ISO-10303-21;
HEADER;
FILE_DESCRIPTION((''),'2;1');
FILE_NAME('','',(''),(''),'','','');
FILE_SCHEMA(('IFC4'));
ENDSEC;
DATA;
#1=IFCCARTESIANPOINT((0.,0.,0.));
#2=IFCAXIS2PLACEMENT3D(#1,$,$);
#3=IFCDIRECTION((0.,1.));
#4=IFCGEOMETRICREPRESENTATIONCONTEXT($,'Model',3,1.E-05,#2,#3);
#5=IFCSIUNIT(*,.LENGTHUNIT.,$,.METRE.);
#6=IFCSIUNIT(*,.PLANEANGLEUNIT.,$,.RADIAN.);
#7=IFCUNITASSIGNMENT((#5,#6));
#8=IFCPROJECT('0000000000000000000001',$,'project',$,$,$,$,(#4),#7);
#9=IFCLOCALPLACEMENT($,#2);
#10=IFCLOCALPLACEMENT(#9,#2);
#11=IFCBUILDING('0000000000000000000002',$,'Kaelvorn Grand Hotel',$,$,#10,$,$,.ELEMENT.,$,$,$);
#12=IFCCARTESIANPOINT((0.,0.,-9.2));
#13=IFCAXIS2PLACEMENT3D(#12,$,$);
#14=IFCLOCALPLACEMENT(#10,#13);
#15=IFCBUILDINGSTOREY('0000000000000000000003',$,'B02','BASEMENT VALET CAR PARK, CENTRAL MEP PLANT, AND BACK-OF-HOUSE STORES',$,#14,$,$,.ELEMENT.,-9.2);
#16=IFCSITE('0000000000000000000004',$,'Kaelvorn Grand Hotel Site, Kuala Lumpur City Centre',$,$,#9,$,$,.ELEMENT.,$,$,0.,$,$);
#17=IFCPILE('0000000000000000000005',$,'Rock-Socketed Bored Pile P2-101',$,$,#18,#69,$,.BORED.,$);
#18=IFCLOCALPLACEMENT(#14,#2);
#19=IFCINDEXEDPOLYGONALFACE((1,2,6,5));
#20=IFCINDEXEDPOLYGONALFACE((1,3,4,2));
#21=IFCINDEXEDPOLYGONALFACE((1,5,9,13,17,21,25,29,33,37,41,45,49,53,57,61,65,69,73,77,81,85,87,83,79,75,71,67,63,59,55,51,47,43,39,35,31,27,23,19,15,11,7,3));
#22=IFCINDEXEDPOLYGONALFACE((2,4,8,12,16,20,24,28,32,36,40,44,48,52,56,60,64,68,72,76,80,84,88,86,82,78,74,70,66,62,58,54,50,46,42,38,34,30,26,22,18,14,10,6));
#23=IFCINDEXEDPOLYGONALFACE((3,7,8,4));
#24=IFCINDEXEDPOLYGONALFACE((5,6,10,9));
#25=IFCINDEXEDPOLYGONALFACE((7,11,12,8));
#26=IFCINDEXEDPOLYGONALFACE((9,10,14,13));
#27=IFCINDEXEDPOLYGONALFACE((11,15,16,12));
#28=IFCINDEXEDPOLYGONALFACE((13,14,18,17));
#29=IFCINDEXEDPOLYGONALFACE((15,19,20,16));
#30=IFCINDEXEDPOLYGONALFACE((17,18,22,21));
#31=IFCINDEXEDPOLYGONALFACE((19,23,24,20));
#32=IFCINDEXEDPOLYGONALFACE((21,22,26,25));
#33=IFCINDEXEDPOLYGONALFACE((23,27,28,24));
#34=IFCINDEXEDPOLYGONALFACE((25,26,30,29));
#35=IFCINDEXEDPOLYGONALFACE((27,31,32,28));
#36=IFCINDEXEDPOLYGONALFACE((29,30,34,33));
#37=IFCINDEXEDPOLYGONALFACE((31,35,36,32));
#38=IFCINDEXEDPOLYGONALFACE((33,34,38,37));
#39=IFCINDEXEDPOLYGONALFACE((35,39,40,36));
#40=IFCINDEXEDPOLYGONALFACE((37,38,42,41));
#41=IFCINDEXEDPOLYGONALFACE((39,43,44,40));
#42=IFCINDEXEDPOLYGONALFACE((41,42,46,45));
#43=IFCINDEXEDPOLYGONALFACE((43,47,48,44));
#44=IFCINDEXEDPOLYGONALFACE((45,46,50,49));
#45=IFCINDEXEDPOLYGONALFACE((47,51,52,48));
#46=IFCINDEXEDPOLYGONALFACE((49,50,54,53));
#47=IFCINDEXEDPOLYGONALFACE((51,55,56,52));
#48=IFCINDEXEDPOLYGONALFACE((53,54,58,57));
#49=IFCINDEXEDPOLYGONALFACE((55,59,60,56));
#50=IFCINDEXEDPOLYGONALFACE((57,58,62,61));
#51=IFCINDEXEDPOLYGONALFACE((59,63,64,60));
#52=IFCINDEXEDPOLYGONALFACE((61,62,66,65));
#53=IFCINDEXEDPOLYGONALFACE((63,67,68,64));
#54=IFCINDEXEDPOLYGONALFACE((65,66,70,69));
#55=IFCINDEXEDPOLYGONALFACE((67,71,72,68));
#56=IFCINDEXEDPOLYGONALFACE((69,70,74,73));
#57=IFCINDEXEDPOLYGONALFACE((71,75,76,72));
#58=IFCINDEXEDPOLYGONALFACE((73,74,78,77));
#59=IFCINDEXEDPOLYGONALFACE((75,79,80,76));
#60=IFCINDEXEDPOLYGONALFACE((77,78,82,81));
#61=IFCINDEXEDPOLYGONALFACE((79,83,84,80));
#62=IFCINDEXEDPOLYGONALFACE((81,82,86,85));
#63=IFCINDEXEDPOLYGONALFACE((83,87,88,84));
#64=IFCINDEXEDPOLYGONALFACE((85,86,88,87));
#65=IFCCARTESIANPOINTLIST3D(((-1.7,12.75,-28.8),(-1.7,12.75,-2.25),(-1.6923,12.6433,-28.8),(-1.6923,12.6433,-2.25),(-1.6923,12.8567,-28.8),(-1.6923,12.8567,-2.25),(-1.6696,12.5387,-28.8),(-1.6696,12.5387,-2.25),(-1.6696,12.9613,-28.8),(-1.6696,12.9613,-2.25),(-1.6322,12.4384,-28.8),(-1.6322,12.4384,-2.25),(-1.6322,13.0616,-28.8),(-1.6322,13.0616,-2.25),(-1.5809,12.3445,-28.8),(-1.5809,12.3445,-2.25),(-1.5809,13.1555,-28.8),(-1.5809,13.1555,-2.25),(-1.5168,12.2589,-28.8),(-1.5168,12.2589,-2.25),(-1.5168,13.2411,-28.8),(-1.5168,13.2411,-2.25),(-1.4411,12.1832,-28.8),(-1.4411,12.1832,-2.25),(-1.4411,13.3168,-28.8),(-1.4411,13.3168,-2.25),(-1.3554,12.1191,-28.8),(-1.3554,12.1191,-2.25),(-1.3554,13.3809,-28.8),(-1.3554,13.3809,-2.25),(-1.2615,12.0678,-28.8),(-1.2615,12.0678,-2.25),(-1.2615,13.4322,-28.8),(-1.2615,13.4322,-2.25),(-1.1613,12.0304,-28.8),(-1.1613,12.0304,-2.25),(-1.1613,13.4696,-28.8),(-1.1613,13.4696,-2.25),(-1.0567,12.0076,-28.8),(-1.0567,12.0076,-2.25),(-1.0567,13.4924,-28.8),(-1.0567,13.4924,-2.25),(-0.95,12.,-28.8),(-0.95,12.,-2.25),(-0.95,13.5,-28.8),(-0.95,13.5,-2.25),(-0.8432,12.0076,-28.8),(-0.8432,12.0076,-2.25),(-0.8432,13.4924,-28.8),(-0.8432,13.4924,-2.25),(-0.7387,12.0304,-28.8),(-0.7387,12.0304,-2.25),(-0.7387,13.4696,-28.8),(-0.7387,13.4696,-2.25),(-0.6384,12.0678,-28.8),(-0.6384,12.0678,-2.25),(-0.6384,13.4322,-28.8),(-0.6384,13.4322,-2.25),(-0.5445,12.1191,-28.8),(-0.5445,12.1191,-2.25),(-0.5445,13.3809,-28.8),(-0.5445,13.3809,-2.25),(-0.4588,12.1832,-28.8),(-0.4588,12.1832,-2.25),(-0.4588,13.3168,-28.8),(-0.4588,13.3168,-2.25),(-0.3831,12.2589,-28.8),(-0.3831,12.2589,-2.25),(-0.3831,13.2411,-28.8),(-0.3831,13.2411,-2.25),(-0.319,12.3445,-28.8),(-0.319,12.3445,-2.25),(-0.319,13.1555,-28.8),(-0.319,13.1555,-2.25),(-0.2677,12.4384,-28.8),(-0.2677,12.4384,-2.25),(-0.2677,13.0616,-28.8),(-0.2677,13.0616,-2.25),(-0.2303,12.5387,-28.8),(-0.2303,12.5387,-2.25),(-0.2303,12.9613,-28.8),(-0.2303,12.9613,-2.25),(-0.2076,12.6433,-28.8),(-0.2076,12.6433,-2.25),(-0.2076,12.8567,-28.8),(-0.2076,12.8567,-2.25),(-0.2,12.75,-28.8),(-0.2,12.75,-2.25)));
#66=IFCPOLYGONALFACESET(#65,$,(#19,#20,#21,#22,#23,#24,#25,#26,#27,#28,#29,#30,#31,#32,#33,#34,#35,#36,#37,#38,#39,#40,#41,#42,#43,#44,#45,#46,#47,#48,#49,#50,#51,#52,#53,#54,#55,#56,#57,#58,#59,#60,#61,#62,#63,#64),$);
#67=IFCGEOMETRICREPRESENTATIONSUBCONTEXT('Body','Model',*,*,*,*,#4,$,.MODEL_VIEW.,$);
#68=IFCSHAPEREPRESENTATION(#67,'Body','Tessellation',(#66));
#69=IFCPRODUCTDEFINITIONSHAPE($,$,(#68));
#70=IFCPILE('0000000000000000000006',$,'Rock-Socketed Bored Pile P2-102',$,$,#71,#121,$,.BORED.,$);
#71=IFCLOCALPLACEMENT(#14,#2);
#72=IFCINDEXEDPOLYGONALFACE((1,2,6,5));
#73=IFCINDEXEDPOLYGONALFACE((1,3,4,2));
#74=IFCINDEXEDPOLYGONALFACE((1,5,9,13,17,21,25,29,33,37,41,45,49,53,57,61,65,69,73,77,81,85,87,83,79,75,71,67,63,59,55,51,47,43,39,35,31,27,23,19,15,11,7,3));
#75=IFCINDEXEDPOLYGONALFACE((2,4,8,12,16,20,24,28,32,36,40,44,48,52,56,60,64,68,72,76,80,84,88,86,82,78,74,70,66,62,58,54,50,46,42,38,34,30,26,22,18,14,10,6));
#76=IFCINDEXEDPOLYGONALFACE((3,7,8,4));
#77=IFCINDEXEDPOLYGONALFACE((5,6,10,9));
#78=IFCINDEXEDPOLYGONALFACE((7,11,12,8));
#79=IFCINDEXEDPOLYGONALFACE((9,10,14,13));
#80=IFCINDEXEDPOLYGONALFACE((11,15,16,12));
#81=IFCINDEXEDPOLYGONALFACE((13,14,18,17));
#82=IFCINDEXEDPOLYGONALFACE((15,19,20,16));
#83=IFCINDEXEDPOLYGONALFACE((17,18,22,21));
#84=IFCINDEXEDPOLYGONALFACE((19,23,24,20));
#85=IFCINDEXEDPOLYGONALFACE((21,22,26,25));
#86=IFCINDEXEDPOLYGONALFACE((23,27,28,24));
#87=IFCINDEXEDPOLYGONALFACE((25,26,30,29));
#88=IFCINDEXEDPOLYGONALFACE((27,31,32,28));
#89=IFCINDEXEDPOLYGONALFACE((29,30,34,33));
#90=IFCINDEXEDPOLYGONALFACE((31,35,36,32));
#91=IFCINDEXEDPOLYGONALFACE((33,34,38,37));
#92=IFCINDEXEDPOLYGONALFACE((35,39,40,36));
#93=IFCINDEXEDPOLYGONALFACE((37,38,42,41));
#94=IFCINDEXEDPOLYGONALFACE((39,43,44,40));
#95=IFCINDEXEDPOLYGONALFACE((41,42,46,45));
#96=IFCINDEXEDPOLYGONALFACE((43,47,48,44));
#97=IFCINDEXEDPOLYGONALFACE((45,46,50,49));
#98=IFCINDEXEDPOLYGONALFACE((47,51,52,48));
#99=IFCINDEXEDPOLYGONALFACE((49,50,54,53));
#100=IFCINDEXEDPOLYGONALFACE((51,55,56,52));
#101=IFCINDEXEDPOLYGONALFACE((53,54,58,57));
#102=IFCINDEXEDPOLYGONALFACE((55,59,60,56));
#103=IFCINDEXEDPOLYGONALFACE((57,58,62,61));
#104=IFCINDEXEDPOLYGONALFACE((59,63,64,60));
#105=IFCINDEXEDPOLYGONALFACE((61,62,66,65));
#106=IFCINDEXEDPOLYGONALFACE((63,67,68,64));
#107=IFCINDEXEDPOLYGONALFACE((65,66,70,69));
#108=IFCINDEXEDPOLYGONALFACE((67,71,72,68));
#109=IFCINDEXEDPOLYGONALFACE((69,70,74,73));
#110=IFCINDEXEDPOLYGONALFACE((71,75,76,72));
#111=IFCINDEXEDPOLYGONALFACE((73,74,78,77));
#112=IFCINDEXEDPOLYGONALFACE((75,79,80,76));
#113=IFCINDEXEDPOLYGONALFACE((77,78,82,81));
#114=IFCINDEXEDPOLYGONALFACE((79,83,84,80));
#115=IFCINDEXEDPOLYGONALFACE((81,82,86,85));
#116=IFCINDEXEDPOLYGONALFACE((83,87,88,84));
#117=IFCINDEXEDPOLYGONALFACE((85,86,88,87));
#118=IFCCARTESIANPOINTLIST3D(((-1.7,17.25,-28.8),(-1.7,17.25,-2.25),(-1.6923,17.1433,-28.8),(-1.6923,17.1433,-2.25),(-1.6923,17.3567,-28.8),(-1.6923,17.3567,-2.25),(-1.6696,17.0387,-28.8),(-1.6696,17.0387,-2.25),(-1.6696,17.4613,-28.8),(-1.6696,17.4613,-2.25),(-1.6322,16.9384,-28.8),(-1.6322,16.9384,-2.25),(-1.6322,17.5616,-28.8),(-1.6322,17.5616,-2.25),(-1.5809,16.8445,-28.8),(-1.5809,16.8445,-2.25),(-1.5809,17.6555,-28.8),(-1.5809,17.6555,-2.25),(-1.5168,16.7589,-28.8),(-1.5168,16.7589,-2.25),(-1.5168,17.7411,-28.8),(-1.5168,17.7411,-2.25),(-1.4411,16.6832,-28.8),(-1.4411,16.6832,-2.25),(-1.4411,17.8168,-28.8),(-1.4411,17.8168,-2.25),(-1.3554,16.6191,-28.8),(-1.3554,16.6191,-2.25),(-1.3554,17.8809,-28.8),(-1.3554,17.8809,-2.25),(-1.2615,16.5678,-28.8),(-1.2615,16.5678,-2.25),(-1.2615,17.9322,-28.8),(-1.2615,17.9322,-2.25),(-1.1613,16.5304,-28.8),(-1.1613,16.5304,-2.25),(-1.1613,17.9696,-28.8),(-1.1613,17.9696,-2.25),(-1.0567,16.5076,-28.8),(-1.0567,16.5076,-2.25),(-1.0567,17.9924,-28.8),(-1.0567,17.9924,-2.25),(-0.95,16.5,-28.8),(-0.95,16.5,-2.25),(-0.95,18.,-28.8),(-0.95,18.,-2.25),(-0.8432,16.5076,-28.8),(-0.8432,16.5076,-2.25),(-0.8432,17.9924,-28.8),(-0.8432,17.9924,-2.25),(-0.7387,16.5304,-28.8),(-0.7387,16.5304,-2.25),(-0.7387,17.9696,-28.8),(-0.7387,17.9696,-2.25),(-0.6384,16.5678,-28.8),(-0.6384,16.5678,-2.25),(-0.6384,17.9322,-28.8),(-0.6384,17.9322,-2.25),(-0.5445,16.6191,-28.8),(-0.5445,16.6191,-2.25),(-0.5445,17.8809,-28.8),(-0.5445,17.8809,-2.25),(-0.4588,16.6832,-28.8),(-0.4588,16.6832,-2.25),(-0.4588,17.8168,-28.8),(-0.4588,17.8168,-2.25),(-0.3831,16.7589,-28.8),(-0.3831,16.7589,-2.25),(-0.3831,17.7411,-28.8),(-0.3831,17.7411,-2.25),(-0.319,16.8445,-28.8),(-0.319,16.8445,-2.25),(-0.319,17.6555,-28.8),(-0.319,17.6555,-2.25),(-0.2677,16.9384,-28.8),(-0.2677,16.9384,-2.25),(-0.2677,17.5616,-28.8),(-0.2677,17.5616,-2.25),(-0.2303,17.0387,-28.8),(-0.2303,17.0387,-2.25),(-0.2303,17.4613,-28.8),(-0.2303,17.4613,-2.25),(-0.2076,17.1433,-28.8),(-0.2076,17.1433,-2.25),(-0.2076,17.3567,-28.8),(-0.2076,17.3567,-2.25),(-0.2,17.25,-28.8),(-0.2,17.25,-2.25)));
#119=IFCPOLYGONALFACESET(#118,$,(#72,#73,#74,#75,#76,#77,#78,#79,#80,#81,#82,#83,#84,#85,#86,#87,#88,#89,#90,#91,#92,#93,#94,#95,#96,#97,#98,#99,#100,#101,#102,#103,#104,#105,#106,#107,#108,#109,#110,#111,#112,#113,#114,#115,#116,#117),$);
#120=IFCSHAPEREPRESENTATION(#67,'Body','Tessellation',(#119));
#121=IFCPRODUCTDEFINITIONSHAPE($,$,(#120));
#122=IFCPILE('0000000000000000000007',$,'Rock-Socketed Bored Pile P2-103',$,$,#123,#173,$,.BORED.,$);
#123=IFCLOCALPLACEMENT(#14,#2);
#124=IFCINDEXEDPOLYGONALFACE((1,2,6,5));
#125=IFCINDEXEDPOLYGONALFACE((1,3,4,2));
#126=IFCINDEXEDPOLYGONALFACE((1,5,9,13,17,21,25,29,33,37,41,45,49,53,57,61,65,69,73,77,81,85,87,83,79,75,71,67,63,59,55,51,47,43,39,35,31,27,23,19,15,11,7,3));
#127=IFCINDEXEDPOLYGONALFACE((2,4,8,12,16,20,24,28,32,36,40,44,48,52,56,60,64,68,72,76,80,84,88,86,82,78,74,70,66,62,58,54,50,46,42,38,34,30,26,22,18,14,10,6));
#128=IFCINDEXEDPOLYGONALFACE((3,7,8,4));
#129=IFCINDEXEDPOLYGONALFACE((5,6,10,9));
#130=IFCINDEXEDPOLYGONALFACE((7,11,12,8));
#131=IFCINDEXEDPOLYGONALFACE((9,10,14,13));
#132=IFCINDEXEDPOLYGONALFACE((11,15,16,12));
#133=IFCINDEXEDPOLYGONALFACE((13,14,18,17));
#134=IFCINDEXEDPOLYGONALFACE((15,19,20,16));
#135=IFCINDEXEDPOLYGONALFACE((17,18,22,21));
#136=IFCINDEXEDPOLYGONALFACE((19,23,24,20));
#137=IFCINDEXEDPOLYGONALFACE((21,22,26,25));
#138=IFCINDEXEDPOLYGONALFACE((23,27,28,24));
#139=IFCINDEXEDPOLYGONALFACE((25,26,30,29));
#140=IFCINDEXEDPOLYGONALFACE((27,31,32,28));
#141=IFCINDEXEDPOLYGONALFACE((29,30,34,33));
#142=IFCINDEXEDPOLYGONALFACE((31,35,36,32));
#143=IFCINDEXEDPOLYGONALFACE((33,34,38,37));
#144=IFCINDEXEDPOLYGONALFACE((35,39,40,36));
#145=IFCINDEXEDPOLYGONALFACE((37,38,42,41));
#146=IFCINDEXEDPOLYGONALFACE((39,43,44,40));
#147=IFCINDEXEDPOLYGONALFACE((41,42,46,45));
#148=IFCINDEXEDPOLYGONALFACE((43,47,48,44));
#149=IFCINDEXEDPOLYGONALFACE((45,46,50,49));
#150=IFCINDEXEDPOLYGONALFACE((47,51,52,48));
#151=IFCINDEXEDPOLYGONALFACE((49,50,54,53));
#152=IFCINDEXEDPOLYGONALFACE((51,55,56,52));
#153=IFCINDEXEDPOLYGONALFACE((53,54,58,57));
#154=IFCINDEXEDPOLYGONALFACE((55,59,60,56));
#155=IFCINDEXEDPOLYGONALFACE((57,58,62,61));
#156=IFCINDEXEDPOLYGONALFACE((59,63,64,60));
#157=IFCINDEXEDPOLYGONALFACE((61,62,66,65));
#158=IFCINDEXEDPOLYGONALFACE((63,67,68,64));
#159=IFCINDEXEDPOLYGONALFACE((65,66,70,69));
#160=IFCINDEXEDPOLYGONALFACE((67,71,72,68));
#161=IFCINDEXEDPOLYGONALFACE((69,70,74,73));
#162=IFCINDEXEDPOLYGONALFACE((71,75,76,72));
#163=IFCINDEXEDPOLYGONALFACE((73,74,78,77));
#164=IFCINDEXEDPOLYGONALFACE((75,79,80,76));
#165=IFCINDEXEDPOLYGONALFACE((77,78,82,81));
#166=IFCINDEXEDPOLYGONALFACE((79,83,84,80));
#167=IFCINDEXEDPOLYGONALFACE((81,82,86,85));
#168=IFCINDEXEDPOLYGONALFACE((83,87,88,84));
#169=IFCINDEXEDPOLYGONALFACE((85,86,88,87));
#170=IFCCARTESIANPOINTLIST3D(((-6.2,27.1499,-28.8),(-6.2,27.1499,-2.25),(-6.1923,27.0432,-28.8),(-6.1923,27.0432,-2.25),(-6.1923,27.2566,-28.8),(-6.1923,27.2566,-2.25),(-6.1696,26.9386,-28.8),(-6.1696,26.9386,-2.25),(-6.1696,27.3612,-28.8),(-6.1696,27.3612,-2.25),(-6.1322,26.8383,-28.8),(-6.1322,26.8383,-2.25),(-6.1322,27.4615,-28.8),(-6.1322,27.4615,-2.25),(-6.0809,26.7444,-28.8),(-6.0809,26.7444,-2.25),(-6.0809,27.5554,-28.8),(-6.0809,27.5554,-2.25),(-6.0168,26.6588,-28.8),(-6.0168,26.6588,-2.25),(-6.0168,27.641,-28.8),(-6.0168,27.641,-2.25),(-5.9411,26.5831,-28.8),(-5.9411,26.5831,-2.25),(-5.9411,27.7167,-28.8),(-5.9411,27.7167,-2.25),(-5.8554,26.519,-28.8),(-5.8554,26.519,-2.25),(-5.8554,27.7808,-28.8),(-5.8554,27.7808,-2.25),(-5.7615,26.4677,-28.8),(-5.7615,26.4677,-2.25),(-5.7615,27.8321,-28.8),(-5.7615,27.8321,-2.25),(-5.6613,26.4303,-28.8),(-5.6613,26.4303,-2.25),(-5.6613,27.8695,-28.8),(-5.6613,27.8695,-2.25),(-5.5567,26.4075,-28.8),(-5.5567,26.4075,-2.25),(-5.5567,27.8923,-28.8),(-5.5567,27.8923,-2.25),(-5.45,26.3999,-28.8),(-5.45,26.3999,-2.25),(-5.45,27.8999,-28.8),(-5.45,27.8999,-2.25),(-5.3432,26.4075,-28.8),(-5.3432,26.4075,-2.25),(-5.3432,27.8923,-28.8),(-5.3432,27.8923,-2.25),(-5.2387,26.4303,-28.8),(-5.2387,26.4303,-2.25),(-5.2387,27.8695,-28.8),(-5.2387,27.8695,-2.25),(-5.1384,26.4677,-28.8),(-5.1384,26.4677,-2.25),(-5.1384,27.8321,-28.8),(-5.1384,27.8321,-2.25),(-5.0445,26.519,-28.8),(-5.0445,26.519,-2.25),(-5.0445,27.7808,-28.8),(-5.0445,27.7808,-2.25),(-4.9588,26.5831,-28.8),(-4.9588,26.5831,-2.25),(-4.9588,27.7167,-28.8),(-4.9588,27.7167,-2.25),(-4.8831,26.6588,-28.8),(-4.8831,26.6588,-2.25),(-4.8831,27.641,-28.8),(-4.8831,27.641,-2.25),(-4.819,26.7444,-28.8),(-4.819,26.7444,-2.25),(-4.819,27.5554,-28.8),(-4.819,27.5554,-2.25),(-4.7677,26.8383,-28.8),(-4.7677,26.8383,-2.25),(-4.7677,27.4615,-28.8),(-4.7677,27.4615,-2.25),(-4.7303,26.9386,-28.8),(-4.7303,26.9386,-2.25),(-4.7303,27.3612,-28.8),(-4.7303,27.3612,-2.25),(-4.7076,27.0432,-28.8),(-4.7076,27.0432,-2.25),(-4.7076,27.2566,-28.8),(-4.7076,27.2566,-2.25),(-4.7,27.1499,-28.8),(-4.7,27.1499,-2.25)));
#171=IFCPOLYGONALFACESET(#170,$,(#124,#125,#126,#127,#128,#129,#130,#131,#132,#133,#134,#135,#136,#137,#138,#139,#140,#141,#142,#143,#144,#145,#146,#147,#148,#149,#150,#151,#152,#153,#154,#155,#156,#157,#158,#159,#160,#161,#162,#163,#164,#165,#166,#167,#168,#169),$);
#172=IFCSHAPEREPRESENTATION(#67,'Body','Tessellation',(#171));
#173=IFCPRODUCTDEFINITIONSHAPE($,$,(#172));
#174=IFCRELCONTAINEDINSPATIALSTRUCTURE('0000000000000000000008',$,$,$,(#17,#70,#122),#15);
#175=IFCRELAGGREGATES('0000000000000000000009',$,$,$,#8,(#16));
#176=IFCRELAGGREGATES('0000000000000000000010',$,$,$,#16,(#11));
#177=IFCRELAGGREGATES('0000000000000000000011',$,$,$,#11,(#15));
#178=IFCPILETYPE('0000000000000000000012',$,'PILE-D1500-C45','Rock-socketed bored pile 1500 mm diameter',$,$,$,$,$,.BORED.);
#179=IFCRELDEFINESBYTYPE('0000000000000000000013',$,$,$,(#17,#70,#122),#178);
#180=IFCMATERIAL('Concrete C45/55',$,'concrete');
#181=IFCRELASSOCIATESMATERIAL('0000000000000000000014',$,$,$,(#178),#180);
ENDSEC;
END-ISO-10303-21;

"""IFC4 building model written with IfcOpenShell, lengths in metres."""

from ifc_helpers import new_model, si_unit, direction, frame, origin, origin_2d, place, context, subcontext, project, spatial, circle, extrude, material, material_profile, profile_set, type_object, element, save


model = new_model("IFC4")

# Units and contexts
model_context = context("Model", 3, precision=1e-05, world=origin(), true_north=direction((0.0, 1.0)))
body_context = subcontext(model_context, "Body", "Model", "MODEL_VIEW")
ifc_project = project(units=[si_unit("LENGTHUNIT", "METRE"), si_unit("PLANEANGLEUNIT", "RADIAN")], contexts=[model_context])

# Site, building, storey
site_placement = place(None, origin())
site = spatial("IfcSite", under=ifc_project, at=site_placement, Name="Kaelvorn Grand Hotel Site, Kuala Lumpur City Centre", CompositionType="ELEMENT", RefElevation=0.0)
building_placement = place(site_placement, origin())
building = spatial("IfcBuilding", under=site, at=building_placement, Name="Kaelvorn Grand Hotel", CompositionType="ELEMENT")
storey_placement = place(building_placement, frame((0.0, 0.0, -9.2)))
storey = spatial("IfcBuildingStorey", under=building, at=storey_placement, Name="B02", Description="BASEMENT VALET CAR PARK, CENTRAL MEP PLANT, AND BACK-OF-HOUSE STORES", CompositionType="ELEMENT", Elevation=-9.2)

# Piles
ifc_material_1 = material(Name="Concrete C45/55", Category="concrete")
ifc_material_profile_1 = material_profile(ifc_material_1, circle(Radius=0.75, at=origin_2d()), Name="BORED PILE D1500")
ifc_profile_set_1 = profile_set([ifc_material_profile_1], Name="Concrete C45/55")
pile_type = type_object("IfcPileType", Name="PILE-D1500-C45", Description="Rock-socketed bored pile 1500 mm diameter", PredefinedType="BORED", material=ifc_profile_set_1)
for number, where, z_axis, x_axis, name in (
    (1, (-0.95, 12.75, -2.25), (0.0, 0.0, -1.0), (1.0, 0.0, 0.0), "Rock-Socketed Bored Pile P2-101"),
    (2, (-0.95, 17.25, -2.25), (0.0, 0.0, -1.0), (1.0, 0.0, 0.0), "Rock-Socketed Bored Pile P2-102"),
    (3, (-5.45, 27.1499, -2.25), (0.0, 0.0, -1.0), (1.0, 0.0, 0.0), "Rock-Socketed Bored Pile P2-103"),
):
    element("IfcPile", number, at=place(storey_placement, frame(where, z_axis=z_axis, x_axis=x_axis)), inside=storey, type_object=pile_type, Name=name, PredefinedType="BORED", context=body_context, shape_type="SweptSolid", body=[
        extrude(circle(Radius=0.75, at=origin_2d()), origin(), (0.0, 0.0, 1.0), 26.55),
    ])

save(model, "model.ifc")
